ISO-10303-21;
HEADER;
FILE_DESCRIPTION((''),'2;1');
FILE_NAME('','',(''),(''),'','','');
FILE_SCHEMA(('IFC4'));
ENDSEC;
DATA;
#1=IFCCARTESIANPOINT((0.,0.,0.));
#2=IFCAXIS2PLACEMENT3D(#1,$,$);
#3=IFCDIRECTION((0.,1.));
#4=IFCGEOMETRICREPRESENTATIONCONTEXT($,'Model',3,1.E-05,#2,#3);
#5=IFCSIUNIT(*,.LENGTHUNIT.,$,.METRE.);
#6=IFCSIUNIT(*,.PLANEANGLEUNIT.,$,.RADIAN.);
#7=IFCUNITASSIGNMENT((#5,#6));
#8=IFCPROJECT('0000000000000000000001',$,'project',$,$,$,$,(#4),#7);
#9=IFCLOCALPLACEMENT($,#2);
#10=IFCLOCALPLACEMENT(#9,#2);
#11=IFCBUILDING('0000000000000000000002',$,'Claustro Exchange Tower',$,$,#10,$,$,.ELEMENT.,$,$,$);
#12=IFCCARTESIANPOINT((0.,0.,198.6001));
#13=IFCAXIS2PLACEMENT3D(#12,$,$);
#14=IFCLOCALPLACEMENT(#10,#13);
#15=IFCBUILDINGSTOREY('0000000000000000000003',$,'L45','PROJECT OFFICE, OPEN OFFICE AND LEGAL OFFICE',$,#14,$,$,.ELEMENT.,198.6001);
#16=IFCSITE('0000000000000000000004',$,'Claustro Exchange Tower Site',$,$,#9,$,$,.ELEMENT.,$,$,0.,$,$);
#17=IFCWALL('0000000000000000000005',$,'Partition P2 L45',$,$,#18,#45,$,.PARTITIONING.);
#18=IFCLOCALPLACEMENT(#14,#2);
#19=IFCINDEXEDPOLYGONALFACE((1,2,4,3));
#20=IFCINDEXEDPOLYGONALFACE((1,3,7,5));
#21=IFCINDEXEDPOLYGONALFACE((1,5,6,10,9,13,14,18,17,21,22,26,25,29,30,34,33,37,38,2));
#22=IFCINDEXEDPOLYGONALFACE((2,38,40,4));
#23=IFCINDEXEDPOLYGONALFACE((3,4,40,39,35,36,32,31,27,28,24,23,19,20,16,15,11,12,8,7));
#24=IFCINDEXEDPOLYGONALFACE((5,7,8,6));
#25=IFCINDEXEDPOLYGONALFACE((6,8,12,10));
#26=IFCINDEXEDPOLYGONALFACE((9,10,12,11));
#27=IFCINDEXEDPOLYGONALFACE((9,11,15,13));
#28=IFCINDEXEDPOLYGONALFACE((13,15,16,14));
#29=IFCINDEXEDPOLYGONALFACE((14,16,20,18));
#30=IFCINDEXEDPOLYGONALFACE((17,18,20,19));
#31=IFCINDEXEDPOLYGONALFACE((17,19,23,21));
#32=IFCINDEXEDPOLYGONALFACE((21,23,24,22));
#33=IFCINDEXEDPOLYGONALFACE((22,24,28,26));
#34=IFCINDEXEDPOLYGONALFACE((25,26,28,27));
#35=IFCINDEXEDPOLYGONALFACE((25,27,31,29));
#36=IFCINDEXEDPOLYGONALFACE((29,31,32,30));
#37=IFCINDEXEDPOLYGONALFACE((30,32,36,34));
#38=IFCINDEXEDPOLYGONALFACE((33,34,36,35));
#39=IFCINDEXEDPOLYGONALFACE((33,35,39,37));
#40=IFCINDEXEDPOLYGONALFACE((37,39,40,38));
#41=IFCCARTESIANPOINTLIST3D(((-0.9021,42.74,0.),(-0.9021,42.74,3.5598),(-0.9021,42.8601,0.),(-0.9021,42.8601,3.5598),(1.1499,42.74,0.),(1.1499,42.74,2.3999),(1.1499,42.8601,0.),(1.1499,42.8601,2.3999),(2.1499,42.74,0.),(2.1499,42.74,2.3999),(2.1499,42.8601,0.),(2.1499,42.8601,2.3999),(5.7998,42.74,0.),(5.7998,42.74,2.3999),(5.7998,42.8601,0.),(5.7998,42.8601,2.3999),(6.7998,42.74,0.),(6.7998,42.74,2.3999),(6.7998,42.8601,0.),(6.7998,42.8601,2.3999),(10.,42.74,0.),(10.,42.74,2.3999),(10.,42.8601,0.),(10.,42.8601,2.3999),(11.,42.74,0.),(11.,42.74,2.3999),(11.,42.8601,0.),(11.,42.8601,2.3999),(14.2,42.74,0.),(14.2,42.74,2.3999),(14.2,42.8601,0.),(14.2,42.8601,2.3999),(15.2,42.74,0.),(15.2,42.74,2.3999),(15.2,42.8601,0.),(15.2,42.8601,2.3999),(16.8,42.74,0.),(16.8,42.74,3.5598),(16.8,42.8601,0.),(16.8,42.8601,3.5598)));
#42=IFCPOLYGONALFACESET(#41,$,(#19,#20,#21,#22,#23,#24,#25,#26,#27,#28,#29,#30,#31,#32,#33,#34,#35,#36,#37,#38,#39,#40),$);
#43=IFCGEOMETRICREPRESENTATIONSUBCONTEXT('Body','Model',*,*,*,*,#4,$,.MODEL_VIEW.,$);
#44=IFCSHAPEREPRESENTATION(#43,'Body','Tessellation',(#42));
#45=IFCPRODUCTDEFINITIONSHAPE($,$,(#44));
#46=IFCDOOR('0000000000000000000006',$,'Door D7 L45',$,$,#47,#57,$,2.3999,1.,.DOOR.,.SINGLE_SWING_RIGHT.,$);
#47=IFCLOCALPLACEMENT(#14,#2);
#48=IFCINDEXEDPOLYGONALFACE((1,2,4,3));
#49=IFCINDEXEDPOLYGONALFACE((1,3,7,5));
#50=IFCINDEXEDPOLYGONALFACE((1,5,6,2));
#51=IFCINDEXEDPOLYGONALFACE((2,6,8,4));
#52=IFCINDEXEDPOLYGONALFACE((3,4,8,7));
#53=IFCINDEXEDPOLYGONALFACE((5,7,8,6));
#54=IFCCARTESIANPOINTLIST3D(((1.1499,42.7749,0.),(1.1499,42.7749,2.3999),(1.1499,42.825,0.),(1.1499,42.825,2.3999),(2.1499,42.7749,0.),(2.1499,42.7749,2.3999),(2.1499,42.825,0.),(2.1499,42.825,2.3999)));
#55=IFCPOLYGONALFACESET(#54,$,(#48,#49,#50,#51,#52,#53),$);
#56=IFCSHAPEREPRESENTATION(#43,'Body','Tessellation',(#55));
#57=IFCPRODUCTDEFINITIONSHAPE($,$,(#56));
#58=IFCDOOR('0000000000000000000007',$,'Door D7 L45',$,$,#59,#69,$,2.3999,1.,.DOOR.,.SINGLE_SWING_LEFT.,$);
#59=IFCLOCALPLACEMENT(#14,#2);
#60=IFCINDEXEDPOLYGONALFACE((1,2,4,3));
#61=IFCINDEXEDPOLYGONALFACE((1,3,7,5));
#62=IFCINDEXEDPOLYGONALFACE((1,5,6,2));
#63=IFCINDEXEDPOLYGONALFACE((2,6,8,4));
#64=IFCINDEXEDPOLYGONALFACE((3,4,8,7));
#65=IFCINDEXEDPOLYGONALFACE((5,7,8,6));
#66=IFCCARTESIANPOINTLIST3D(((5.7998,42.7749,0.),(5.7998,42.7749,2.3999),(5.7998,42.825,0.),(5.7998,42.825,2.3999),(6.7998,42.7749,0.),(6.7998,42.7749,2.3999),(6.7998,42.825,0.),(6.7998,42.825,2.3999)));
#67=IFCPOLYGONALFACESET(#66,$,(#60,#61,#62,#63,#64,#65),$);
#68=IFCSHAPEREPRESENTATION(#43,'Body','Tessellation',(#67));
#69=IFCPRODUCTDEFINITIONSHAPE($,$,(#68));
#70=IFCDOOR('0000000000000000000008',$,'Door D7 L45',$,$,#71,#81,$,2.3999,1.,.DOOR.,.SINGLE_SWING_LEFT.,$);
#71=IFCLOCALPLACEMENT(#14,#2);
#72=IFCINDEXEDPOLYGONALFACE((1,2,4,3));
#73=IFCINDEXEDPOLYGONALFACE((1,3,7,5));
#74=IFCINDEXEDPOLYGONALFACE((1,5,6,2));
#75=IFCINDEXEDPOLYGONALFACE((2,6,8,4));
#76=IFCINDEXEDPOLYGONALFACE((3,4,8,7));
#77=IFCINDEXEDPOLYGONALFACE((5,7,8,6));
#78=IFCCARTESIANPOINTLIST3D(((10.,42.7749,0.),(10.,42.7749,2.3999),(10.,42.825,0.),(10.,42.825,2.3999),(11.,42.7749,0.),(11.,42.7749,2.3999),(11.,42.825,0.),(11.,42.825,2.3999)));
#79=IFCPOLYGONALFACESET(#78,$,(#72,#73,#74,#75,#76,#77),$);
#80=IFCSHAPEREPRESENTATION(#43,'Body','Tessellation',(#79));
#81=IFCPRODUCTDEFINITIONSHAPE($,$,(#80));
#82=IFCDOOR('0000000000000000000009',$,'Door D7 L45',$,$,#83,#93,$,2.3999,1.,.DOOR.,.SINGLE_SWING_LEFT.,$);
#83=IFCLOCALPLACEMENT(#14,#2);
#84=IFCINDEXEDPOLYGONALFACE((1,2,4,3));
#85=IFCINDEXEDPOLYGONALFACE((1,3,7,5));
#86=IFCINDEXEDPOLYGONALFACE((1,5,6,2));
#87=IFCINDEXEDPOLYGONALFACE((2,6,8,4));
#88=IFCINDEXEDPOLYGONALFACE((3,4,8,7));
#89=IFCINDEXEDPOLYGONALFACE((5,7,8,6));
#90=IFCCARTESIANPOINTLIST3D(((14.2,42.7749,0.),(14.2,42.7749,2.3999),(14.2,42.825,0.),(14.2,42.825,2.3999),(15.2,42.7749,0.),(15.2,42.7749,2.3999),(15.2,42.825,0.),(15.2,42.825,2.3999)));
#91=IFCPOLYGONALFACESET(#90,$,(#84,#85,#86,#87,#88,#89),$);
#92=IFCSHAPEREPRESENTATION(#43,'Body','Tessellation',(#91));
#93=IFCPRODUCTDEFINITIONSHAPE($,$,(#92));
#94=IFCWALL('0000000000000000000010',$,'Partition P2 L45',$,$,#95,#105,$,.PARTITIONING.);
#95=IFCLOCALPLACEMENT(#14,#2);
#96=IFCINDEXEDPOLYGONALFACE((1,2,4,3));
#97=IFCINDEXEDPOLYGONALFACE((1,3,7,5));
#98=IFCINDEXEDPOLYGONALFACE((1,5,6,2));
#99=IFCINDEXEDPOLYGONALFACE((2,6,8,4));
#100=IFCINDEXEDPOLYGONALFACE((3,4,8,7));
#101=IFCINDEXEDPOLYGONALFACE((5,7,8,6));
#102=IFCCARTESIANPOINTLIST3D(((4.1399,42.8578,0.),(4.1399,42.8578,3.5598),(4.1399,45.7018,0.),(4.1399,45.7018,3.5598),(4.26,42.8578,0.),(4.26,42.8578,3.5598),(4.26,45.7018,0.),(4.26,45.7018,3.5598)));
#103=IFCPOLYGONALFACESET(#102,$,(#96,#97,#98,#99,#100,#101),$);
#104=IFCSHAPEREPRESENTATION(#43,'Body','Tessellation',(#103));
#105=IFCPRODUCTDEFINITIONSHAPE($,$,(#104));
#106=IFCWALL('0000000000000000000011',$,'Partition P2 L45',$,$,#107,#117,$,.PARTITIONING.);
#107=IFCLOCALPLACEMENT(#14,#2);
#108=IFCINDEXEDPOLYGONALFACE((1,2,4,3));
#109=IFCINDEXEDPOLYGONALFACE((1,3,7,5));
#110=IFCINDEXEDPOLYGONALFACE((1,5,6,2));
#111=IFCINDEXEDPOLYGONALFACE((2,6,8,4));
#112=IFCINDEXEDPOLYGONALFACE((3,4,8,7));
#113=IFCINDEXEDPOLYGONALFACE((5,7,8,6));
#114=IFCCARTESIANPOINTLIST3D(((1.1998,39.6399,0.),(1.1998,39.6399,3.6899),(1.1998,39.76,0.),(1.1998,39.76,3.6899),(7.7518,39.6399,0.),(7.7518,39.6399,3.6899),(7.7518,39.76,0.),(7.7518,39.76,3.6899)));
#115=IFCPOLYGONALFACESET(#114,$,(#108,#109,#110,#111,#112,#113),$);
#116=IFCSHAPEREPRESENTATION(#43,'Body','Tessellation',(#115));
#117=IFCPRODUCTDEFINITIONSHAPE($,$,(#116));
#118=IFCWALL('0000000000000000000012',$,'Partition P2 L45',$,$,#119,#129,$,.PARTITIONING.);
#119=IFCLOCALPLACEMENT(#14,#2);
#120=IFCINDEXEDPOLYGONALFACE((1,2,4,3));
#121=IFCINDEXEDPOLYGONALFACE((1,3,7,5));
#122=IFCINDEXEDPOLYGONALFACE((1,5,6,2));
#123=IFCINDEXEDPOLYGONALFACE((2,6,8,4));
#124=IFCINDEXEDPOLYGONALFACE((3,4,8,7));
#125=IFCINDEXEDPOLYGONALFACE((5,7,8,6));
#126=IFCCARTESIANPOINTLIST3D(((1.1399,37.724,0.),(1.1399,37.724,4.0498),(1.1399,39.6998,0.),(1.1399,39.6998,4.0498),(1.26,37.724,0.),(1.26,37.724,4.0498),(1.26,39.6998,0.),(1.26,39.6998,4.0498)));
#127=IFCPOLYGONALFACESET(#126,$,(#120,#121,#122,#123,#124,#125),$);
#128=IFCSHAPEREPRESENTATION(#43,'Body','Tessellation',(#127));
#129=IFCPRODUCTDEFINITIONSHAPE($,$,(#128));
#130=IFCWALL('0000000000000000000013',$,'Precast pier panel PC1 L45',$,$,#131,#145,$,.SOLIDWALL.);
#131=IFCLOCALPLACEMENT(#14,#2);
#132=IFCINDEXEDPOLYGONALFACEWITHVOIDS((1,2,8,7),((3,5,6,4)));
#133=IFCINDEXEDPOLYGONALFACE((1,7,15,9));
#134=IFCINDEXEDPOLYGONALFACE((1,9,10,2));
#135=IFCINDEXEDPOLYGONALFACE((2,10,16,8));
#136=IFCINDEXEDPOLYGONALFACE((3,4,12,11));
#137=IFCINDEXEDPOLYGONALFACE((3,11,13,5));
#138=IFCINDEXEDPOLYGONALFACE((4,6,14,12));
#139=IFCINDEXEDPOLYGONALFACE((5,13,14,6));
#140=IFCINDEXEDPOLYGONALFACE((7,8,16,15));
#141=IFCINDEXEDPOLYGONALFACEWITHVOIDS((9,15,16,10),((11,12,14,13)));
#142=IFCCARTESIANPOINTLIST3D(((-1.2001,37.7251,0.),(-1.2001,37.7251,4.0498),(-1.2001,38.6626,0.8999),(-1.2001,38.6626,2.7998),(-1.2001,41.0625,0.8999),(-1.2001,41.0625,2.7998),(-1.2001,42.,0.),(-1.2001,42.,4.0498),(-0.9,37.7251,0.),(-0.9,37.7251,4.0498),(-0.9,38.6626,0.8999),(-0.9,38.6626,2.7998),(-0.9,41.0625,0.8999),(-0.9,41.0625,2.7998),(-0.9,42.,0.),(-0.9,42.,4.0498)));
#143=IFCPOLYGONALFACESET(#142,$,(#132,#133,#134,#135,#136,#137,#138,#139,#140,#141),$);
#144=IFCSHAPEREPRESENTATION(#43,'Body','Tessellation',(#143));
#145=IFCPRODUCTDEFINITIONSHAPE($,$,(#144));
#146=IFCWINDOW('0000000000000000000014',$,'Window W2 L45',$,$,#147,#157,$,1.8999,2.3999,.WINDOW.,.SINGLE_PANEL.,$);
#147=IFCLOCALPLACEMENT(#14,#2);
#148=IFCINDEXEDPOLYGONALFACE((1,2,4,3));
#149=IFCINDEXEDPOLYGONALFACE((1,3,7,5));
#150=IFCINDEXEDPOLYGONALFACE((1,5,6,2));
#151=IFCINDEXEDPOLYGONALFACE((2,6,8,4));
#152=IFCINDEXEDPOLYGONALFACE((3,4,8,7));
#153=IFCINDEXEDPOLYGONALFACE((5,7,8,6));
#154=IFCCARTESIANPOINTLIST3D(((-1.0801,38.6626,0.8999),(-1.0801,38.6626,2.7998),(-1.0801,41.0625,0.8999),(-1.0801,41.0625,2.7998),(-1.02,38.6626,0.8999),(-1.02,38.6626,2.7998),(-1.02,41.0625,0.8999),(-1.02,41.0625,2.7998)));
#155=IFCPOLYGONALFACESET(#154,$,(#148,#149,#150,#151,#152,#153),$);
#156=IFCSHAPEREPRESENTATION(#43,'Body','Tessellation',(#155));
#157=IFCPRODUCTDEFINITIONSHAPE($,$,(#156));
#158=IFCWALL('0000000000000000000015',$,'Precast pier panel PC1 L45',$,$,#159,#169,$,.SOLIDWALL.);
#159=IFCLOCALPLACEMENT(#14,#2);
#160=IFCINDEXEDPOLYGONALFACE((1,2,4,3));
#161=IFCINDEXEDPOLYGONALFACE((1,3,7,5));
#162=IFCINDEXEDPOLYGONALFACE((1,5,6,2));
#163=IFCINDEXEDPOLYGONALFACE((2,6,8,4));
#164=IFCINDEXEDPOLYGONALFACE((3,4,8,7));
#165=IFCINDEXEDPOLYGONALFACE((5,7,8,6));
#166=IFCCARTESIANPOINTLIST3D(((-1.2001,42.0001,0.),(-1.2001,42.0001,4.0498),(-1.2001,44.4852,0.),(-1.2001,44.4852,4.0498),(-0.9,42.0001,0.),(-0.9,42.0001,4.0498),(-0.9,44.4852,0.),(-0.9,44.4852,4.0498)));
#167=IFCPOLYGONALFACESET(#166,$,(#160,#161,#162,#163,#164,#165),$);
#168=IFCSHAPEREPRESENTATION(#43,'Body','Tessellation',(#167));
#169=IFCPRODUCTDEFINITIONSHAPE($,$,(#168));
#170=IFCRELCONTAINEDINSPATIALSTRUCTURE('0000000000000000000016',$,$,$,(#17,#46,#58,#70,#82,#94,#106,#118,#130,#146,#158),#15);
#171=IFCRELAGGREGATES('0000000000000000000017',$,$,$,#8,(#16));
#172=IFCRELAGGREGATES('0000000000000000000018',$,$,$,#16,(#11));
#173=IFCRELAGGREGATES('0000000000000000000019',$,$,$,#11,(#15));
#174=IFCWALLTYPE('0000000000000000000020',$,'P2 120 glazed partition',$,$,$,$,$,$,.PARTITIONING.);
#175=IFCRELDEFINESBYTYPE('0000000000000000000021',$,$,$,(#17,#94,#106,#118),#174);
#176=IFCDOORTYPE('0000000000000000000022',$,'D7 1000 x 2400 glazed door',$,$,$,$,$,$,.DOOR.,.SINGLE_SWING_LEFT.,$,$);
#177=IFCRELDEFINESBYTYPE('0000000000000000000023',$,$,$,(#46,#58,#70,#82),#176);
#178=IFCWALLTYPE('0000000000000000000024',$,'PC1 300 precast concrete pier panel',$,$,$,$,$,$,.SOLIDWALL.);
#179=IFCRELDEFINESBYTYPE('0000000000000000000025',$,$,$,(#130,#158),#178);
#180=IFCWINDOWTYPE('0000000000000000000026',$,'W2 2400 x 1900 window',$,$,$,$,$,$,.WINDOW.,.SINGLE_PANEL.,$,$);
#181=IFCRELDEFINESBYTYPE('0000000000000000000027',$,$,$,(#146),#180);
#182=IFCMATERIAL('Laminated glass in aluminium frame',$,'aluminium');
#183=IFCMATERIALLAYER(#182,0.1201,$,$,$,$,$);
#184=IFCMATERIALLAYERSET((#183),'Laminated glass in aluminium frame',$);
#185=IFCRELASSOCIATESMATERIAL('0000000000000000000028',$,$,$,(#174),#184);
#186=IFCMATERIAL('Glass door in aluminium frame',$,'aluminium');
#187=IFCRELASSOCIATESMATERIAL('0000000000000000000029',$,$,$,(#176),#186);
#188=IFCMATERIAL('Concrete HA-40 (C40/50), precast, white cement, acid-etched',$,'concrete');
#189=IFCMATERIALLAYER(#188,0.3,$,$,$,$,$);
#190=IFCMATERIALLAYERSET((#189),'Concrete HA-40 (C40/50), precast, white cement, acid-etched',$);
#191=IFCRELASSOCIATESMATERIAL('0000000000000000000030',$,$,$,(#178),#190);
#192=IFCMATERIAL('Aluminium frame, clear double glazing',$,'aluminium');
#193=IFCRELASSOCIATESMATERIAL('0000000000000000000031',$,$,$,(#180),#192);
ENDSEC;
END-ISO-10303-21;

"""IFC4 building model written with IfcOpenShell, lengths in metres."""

from ifc_helpers import new_model, si_unit, direction, frame, frame_2d, origin, place, context, subcontext, project, spatial, rectangle, extrude, material, layer, layer_set, type_object, element, fill, save


model = new_model("IFC4")

# Units and contexts
model_context = context("Model", 3, precision=1e-05, world=origin(), true_north=direction((0.0, 1.0)))
body_context = subcontext(model_context, "Body", "Model", "MODEL_VIEW")
ifc_project = project(units=[si_unit("LENGTHUNIT", "METRE"), si_unit("PLANEANGLEUNIT", "RADIAN")], contexts=[model_context])

# Site, building, storey
site_placement = place(None, origin())
site = spatial("IfcSite", under=ifc_project, at=site_placement, Name="Claustro Exchange Tower Site", CompositionType="ELEMENT", RefElevation=0.0)
building_placement = place(site_placement, origin())
building = spatial("IfcBuilding", under=site, at=building_placement, Name="Claustro Exchange Tower", CompositionType="ELEMENT")
storey_placement = place(building_placement, frame((0.0, 0.0, 198.6001)))
storey = spatial("IfcBuildingStorey", under=building, at=storey_placement, Name="L45", Description="PROJECT OFFICE, OPEN OFFICE AND LEGAL OFFICE", CompositionType="ELEMENT", Elevation=198.6001)

# Wall, openings, doors
ifc_material_1 = material(Name="Laminated glass in aluminium frame", Category="aluminium")
ifc_layer_1 = layer(ifc_material_1, 0.1201)
ifc_layer_set_1 = layer_set([ifc_layer_1], Name="Laminated glass in aluminium frame")
wall_type_1 = type_object("IfcWallType", Name="P2 120 glazed partition", PredefinedType="PARTITIONING", material=ifc_layer_set_1)
wall_1_placement = place(storey_placement, frame((-0.9021, 42.8, 0.0), z_axis=(0.0, 0.0, 1.0), x_axis=(1.0, 0.0, 0.0)))
wall_1 = element("IfcWall", 1, at=wall_1_placement, inside=storey, type_object=wall_type_1, Name="Partition P2 L45", PredefinedType="PARTITIONING", context=body_context, shape_type="SweptSolid", body=[
    extrude(rectangle(XDim=17.7021, YDim=0.1201, at=frame_2d((8.8511, 0.0))), origin(), (0.0, 0.0, 1.0), 3.5598),
])
opening_1_placement = place(wall_1_placement, frame((2.052, 0.0, 0.0)))
opening_1 = element("IfcOpeningElement", 2, at=opening_1_placement, cuts=wall_1, PredefinedType="OPENING", context=body_context, shape_type="SweptSolid", body=[
    extrude(rectangle(XDim=1.0, YDim=2.3999, at=frame_2d((0.5, 1.2))), frame((0.0, 0.0701, 0.0), z_axis=(0.0, -1.0, 0.0), x_axis=(1.0, 0.0, 0.0)), (0.0, 0.0, 1.0), 0.1401),
])
opening_2_placement = place(wall_1_placement, frame((6.7019, 0.0, 0.0)))
opening_2 = element("IfcOpeningElement", 3, at=opening_2_placement, cuts=wall_1, PredefinedType="OPENING", context=body_context, shape_type="SweptSolid", body=[
    extrude(rectangle(XDim=1.0, YDim=2.3999, at=frame_2d((0.5, 1.2))), frame((0.0, 0.0701, 0.0), z_axis=(0.0, -1.0, 0.0), x_axis=(1.0, 0.0, 0.0)), (0.0, 0.0, 1.0), 0.1401),
])
opening_3_placement = place(wall_1_placement, frame((10.9021, 0.0, 0.0)))
opening_3 = element("IfcOpeningElement", 4, at=opening_3_placement, cuts=wall_1, PredefinedType="OPENING", context=body_context, shape_type="SweptSolid", body=[
    extrude(rectangle(XDim=1.0, YDim=2.3999, at=frame_2d((0.5, 1.2))), frame((0.0, 0.0701, 0.0), z_axis=(0.0, -1.0, 0.0), x_axis=(1.0, 0.0, 0.0)), (0.0, 0.0, 1.0), 0.1401),
])
opening_4_placement = place(wall_1_placement, frame((15.1021, 0.0, 0.0)))
opening_4 = element("IfcOpeningElement", 5, at=opening_4_placement, cuts=wall_1, PredefinedType="OPENING", context=body_context, shape_type="SweptSolid", body=[
    extrude(rectangle(XDim=1.0, YDim=2.3999, at=frame_2d((0.5, 1.2))), frame((0.0, 0.0701, 0.0), z_axis=(0.0, -1.0, 0.0), x_axis=(1.0, 0.0, 0.0)), (0.0, 0.0, 1.0), 0.1401),
])
ifc_material_2 = material(Name="Glass door in aluminium frame", Category="aluminium")
door_type = type_object("IfcDoorType", Name="D7 1000 x 2400 glazed door", OperationType="SINGLE_SWING_LEFT", PredefinedType="DOOR", material=ifc_material_2)
door_1_placement = place(opening_1_placement, origin())
door_1 = element("IfcDoor", 6, at=door_1_placement, inside=storey, type_object=door_type, Name="Door D7 L45", OperationType="SINGLE_SWING_RIGHT", OverallHeight=2.3999, OverallWidth=1.0, PredefinedType="DOOR", context=body_context, shape_type="SweptSolid", body=[
    extrude(rectangle(XDim=1.0, YDim=2.3999, at=frame_2d((0.5, 1.2))), frame((0.0, 0.0249, 0.0), z_axis=(0.0, -1.0, 0.0), x_axis=(1.0, 0.0, 0.0)), (0.0, 0.0, 1.0), 0.05),
])
fill(opening_1, door_1)
door_2_placement = place(opening_2_placement, origin())
door_2 = element("IfcDoor", 7, at=door_2_placement, inside=storey, type_object=door_type, Name="Door D7 L45", OperationType="SINGLE_SWING_LEFT", OverallHeight=2.3999, OverallWidth=1.0, PredefinedType="DOOR", context=body_context, shape_type="SweptSolid", body=[
    extrude(rectangle(XDim=1.0, YDim=2.3999, at=frame_2d((0.5, 1.2))), frame((0.0, 0.0249, 0.0), z_axis=(0.0, -1.0, 0.0), x_axis=(1.0, 0.0, 0.0)), (0.0, 0.0, 1.0), 0.05),
])
fill(opening_2, door_2)
door_3_placement = place(opening_3_placement, origin())
door_3 = element("IfcDoor", 8, at=door_3_placement, inside=storey, type_object=door_type, Name="Door D7 L45", OperationType="SINGLE_SWING_LEFT", OverallHeight=2.3999, OverallWidth=1.0, PredefinedType="DOOR", context=body_context, shape_type="SweptSolid", body=[
    extrude(rectangle(XDim=1.0, YDim=2.3999, at=frame_2d((0.5, 1.2))), frame((0.0, 0.0249, 0.0), z_axis=(0.0, -1.0, 0.0), x_axis=(1.0, 0.0, 0.0)), (0.0, 0.0, 1.0), 0.05),
])
fill(opening_3, door_3)
door_4_placement = place(opening_4_placement, origin())
door_4 = element("IfcDoor", 9, at=door_4_placement, inside=storey, type_object=door_type, Name="Door D7 L45", OperationType="SINGLE_SWING_LEFT", OverallHeight=2.3999, OverallWidth=1.0, PredefinedType="DOOR", context=body_context, shape_type="SweptSolid", body=[
    extrude(rectangle(XDim=1.0, YDim=2.3999, at=frame_2d((0.5, 1.2))), frame((0.0, 0.0249, 0.0), z_axis=(0.0, -1.0, 0.0), x_axis=(1.0, 0.0, 0.0)), (0.0, 0.0, 1.0), 0.05),
])
fill(opening_4, door_4)

# Walls
wall_2_placement = place(storey_placement, frame((4.2, 42.8579, 0.0), z_axis=(0.0, 0.0, 1.0), x_axis=(0.0, 1.0, 0.0)))
element("IfcWall", 10, at=wall_2_placement, inside=storey, type_object=wall_type_1, Name="Partition P2 L45", PredefinedType="PARTITIONING", context=body_context, shape_type="SweptSolid", body=[
    extrude(rectangle(XDim=2.844, YDim=0.1201, at=frame_2d((1.4219, 0.0))), origin(), (0.0, 0.0, 1.0), 3.5598),
])
wall_3_placement = place(storey_placement, frame((1.2, 39.7, 0.0), z_axis=(0.0, 0.0, 1.0), x_axis=(1.0, 0.0, 0.0)))
element("IfcWall", 11, at=wall_3_placement, inside=storey, type_object=wall_type_1, Name="Partition P2 L45", PredefinedType="PARTITIONING", context=body_context, shape_type="SweptSolid", body=[
    extrude(rectangle(XDim=6.552, YDim=0.1201, at=frame_2d((3.2759, 0.0))), origin(), (0.0, 0.0, 1.0), 3.6899),
])
wall_4_placement = place(storey_placement, frame((1.2, 37.7241, 0.0), z_axis=(0.0, 0.0, 1.0), x_axis=(0.0, 1.0, 0.0)))
element("IfcWall", 12, at=wall_4_placement, inside=storey, type_object=wall_type_1, Name="Partition P2 L45", PredefinedType="PARTITIONING", context=body_context, shape_type="SweptSolid", body=[
    extrude(rectangle(XDim=1.9758, YDim=0.1201, at=frame_2d((0.9878, 0.0))), origin(), (0.0, 0.0, 1.0), 4.0498),
])

# Wall, opening, window
ifc_material_3 = material(Name="Concrete HA-40 (C40/50), precast, white cement, acid-etched", Category="concrete")
ifc_layer_2 = layer(ifc_material_3, 0.3)
ifc_layer_set_2 = layer_set([ifc_layer_2], Name="Concrete HA-40 (C40/50), precast, white cement, acid-etched")
wall_type_2 = type_object("IfcWallType", Name="PC1 300 precast concrete pier panel", PredefinedType="SOLIDWALL", material=ifc_layer_set_2)
wall_5_placement = place(storey_placement, frame((-1.05, 37.7251, 0.0), z_axis=(0.0, 0.0, 1.0), x_axis=(0.0, 1.0, 0.0)))
wall_5 = element("IfcWall", 13, at=wall_5_placement, inside=storey, type_object=wall_type_2, Name="Precast pier panel PC1 L45", PredefinedType="SOLIDWALL", context=body_context, shape_type="SweptSolid", body=[
    extrude(rectangle(XDim=4.2749, YDim=0.3, at=frame_2d((2.1375, 0.0))), origin(), (0.0, 0.0, 1.0), 4.0498),
])
opening_5_placement = place(wall_5_placement, frame((0.9375, 0.0, 0.8999)))
opening_5 = element("IfcOpeningElement", 14, at=opening_5_placement, cuts=wall_5, PredefinedType="OPENING", context=body_context, shape_type="SweptSolid", body=[
    extrude(rectangle(XDim=2.3999, YDim=1.8999, at=frame_2d((1.2, 0.95))), frame((0.0, 0.1599, 0.0), z_axis=(0.0, -1.0, 0.0), x_axis=(1.0, 0.0, 0.0)), (0.0, 0.0, 1.0), 0.3201),
])
ifc_material_4 = material(Name="Aluminium frame, clear double glazing", Category="aluminium")
window_type_1 = type_object("IfcWindowType", Name="W2 2400 x 1900 window", PartitioningType="SINGLE_PANEL", PredefinedType="WINDOW", material=ifc_material_4)
window_1_placement = place(opening_5_placement, origin())
window_1 = element("IfcWindow", 15, at=window_1_placement, inside=storey, type_object=window_type_1, Name="Window W2 L45", OverallHeight=1.8999, OverallWidth=2.3999, PartitioningType="SINGLE_PANEL", PredefinedType="WINDOW", context=body_context, shape_type="SweptSolid", body=[
    extrude(rectangle(XDim=2.3999, YDim=1.8999, at=frame_2d((1.2, 0.95))), frame((0.0, 0.03, 0.0), z_axis=(0.0, -1.0, 0.0), x_axis=(1.0, 0.0, 0.0)), (0.0, 0.0, 1.0), 0.0601),
])
fill(opening_5, window_1)

# Wall
wall_6_placement = place(storey_placement, frame((-1.05, 42.0, 0.0), z_axis=(0.0, 0.0, 1.0), x_axis=(0.0, 1.0, 0.0)))
element("IfcWall", 16, at=wall_6_placement, inside=storey, type_object=wall_type_2, Name="Precast pier panel PC1 L45", PredefinedType="SOLIDWALL", context=body_context, shape_type="SweptSolid", body=[
    extrude(rectangle(XDim=2.4851, YDim=0.3, at=frame_2d((1.2427, 0.0))), origin(), (0.0, 0.0, 1.0), 4.0498),
])

save(model, "model.ifc")
